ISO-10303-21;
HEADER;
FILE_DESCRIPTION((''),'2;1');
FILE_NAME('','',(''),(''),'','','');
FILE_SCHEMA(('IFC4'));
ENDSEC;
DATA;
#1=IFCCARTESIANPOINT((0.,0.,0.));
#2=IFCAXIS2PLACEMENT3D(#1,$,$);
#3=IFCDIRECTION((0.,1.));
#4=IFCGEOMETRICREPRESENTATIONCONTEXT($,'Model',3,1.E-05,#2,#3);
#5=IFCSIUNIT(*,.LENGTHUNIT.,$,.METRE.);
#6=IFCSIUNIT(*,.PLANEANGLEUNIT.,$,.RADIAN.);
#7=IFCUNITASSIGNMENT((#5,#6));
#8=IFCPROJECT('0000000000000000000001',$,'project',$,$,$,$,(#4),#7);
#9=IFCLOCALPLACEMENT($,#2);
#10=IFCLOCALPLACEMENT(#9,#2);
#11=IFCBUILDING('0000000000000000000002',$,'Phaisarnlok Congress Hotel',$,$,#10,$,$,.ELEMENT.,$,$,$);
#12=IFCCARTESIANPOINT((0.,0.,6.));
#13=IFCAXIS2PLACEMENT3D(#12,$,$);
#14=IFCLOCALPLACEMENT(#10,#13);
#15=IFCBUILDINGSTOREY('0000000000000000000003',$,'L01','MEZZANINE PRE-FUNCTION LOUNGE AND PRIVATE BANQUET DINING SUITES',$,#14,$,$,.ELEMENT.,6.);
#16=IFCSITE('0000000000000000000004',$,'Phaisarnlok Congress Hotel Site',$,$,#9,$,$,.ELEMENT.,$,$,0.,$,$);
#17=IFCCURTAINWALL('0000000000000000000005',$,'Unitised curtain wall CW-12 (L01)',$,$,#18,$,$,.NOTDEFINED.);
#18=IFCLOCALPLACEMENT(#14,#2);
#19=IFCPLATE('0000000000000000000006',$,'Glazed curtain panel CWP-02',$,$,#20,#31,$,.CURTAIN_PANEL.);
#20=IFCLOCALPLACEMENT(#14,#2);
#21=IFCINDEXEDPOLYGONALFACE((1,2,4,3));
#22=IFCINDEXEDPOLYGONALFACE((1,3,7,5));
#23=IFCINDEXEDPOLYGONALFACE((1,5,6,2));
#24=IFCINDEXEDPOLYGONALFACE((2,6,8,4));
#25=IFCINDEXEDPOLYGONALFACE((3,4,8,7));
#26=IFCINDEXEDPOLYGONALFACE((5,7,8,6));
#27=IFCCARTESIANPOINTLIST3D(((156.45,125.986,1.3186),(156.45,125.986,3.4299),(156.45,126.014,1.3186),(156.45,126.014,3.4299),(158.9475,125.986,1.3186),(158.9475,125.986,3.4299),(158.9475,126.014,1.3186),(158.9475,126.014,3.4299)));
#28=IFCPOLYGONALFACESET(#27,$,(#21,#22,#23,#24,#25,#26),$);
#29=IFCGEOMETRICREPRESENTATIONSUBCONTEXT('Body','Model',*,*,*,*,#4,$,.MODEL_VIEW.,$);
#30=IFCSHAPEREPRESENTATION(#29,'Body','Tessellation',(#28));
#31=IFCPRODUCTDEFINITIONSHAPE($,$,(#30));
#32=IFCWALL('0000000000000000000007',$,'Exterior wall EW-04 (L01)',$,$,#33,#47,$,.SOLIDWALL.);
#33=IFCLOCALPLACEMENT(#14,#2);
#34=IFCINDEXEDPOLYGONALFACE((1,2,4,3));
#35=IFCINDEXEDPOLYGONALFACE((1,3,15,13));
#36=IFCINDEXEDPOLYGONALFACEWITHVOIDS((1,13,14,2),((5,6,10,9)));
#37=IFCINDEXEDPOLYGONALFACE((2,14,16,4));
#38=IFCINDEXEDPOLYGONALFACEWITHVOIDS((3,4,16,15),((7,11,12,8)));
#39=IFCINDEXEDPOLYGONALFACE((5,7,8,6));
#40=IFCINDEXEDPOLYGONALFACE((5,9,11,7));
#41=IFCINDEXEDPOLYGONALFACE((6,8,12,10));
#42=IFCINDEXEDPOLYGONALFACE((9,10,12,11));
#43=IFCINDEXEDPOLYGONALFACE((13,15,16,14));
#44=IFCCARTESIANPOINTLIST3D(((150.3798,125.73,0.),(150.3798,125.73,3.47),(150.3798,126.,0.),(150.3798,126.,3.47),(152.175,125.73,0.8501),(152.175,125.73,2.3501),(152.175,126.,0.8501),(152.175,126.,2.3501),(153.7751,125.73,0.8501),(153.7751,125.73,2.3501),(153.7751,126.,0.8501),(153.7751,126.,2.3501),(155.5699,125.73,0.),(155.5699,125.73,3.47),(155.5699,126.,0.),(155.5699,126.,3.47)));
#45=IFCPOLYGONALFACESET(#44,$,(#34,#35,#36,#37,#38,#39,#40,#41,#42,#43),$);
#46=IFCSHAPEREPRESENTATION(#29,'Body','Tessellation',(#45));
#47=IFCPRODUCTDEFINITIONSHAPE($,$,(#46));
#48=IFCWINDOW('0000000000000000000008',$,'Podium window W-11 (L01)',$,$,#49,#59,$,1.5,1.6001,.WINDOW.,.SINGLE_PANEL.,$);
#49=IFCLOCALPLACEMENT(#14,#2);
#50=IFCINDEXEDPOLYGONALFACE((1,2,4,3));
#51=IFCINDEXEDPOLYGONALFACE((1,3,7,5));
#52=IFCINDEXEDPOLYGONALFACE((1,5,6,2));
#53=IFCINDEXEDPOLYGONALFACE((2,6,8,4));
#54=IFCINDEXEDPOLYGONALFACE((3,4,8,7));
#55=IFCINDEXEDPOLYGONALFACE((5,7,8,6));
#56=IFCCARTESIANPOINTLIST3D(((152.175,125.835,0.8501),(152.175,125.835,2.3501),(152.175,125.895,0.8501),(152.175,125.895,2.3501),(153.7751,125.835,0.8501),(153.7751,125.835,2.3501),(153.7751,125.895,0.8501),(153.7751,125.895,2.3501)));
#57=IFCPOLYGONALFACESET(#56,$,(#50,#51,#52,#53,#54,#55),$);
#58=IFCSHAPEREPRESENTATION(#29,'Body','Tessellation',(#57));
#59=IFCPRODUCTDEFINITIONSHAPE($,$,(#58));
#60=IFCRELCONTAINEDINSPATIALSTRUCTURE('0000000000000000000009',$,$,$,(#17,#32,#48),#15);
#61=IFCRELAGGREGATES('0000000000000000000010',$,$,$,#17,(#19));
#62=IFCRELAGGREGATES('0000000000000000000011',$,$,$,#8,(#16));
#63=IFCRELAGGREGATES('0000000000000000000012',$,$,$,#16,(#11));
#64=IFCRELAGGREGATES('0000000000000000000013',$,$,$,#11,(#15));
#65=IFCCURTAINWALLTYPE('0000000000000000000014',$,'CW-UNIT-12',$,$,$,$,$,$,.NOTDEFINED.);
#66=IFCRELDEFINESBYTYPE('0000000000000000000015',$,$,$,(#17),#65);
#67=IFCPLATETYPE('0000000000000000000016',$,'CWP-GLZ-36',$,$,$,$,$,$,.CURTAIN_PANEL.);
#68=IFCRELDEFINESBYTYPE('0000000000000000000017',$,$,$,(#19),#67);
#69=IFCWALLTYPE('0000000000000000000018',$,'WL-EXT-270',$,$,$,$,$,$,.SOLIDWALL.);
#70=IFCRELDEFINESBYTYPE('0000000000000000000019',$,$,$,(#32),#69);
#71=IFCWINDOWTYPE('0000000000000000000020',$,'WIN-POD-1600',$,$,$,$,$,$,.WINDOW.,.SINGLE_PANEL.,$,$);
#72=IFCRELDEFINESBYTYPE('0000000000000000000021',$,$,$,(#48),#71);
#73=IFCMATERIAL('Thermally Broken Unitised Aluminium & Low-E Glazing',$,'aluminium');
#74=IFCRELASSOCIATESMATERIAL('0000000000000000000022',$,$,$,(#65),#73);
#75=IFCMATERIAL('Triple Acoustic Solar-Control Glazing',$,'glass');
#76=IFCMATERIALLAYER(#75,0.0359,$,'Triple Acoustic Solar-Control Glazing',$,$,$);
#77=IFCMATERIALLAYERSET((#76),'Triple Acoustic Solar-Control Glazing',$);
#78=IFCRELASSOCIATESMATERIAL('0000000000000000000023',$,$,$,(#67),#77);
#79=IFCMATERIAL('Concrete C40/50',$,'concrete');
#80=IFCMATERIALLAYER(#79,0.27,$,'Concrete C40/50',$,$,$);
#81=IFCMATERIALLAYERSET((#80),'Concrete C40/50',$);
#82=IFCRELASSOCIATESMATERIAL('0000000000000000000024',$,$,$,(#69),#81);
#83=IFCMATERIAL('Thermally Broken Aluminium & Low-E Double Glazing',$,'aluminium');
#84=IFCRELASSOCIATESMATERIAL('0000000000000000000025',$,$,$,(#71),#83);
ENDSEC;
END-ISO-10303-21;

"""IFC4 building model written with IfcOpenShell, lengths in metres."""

from ifc_helpers import new_model, si_unit, direction, frame, frame_2d, origin, place, context, subcontext, project, spatial, rectangle, extrude, material, layer, layer_set, type_object, element, fill, aggregate, save


model = new_model("IFC4")

# Units and contexts
model_context = context("Model", 3, precision=1e-05, world=origin(), true_north=direction((0.0, 1.0)))
body_context = subcontext(model_context, "Body", "Model", "MODEL_VIEW")
ifc_project = project(units=[si_unit("LENGTHUNIT", "METRE"), si_unit("PLANEANGLEUNIT", "RADIAN")], contexts=[model_context])

# Site, building, storey
site_placement = place(None, origin())
site = spatial("IfcSite", under=ifc_project, at=site_placement, Name="Phaisarnlok Congress Hotel Site", CompositionType="ELEMENT", RefElevation=0.0)
building_placement = place(site_placement, origin())
building = spatial("IfcBuilding", under=site, at=building_placement, Name="Phaisarnlok Congress Hotel", CompositionType="ELEMENT")
storey_placement = place(building_placement, frame((0.0, 0.0, 6.0)))
storey = spatial("IfcBuildingStorey", under=building, at=storey_placement, Name="L01", Description="MEZZANINE PRE-FUNCTION LOUNGE AND PRIVATE BANQUET DINING SUITES", CompositionType="ELEMENT", Elevation=6.0)

# Shared definitions
ifc_material_1 = material(Name="Concrete C40/50", Category="concrete")

# Curtain wall
ifc_material_2 = material(Name="Thermally Broken Unitised Aluminium & Low-E Glazing", Category="aluminium")
curtain_wall_type = type_object("IfcCurtainWallType", Name="CW-UNIT-12", PredefinedType="NOTDEFINED", material=ifc_material_2)
curtain_wall_placement = place(storey_placement, origin())
curtain_wall = element("IfcCurtainWall", 1, at=curtain_wall_placement, inside=storey, type_object=curtain_wall_type, Name="Unitised curtain wall CW-12 (L01)", PredefinedType="NOTDEFINED")

# Plate
ifc_material_3 = material(Name="Triple Acoustic Solar-Control Glazing", Category="glass")
ifc_layer_1 = layer(ifc_material_3, 0.0359, Name="Triple Acoustic Solar-Control Glazing")
ifc_layer_set_1 = layer_set([ifc_layer_1], Name="Triple Acoustic Solar-Control Glazing")
plate_type = type_object("IfcPlateType", Name="CWP-GLZ-36", PredefinedType="CURTAIN_PANEL", material=ifc_layer_set_1)
plate_1_placement = place(storey_placement, frame((158.9475, 126.0, 1.3186), z_axis=(0.0, 0.0, 1.0), x_axis=(-1.0, 0.0, 0.0)))
plate_1 = element("IfcPlate", 2, at=plate_1_placement, type_object=plate_type, Name="Glazed curtain panel CWP-02", PredefinedType="CURTAIN_PANEL", context=body_context, shape_type="SweptSolid", body=[
    extrude(rectangle(XDim=2.4976, YDim=0.0281, at=frame_2d((1.2488, 0.0))), origin(), (0.0, 0.0, 1.0), 2.1113),
])
aggregate(curtain_wall, [plate_1])

# Wall, opening, window
ifc_layer_2 = layer(ifc_material_1, 0.27, Name="Concrete C40/50")
ifc_layer_set_2 = layer_set([ifc_layer_2], Name="Concrete C40/50")
wall_type = type_object("IfcWallType", Name="WL-EXT-270", PredefinedType="SOLIDWALL", material=ifc_layer_set_2)
wall_placement = place(storey_placement, frame((155.5701, 125.865, 0.0), z_axis=(0.0, 0.0, 1.0), x_axis=(-1.0, 0.0, 0.0)))
wall = element("IfcWall", 3, at=wall_placement, inside=storey, type_object=wall_type, Name="Exterior wall EW-04 (L01)", PredefinedType="SOLIDWALL", context=body_context, shape_type="SweptSolid", body=[
    extrude(rectangle(XDim=5.1902, YDim=0.27, at=frame_2d((2.5952, 0.0))), origin(), (0.0, 0.0, 1.0), 3.47),
])
opening_placement = place(wall_placement, frame((1.7949, 0.0, 0.8501)))
opening = element("IfcOpeningElement", 4, at=opening_placement, cuts=wall, PredefinedType="OPENING", context=body_context, shape_type="SweptSolid", body=[
    extrude(rectangle(XDim=1.6001, YDim=1.5, at=frame_2d((0.8, 0.75))), frame((0.0, 0.145, 0.0), z_axis=(0.0, -1.0, 0.0), x_axis=(1.0, 0.0, 0.0)), (0.0, 0.0, 1.0), 0.29),
])
ifc_material_4 = material(Name="Thermally Broken Aluminium & Low-E Double Glazing", Category="aluminium")
window_type = type_object("IfcWindowType", Name="WIN-POD-1600", PartitioningType="SINGLE_PANEL", PredefinedType="WINDOW", material=ifc_material_4)
window_placement = place(opening_placement, origin())
window = element("IfcWindow", 5, at=window_placement, inside=storey, type_object=window_type, Name="Podium window W-11 (L01)", OverallHeight=1.5, OverallWidth=1.6001, PartitioningType="SINGLE_PANEL", PredefinedType="WINDOW", context=body_context, shape_type="SweptSolid", body=[
    extrude(rectangle(XDim=1.6001, YDim=1.5, at=frame_2d((0.8, 0.75))), frame((0.0, 0.03, 0.0), z_axis=(0.0, -1.0, 0.0), x_axis=(1.0, 0.0, 0.0)), (0.0, 0.0, 1.0), 0.0601),
])
fill(opening, window)

save(model, "model.ifc")
